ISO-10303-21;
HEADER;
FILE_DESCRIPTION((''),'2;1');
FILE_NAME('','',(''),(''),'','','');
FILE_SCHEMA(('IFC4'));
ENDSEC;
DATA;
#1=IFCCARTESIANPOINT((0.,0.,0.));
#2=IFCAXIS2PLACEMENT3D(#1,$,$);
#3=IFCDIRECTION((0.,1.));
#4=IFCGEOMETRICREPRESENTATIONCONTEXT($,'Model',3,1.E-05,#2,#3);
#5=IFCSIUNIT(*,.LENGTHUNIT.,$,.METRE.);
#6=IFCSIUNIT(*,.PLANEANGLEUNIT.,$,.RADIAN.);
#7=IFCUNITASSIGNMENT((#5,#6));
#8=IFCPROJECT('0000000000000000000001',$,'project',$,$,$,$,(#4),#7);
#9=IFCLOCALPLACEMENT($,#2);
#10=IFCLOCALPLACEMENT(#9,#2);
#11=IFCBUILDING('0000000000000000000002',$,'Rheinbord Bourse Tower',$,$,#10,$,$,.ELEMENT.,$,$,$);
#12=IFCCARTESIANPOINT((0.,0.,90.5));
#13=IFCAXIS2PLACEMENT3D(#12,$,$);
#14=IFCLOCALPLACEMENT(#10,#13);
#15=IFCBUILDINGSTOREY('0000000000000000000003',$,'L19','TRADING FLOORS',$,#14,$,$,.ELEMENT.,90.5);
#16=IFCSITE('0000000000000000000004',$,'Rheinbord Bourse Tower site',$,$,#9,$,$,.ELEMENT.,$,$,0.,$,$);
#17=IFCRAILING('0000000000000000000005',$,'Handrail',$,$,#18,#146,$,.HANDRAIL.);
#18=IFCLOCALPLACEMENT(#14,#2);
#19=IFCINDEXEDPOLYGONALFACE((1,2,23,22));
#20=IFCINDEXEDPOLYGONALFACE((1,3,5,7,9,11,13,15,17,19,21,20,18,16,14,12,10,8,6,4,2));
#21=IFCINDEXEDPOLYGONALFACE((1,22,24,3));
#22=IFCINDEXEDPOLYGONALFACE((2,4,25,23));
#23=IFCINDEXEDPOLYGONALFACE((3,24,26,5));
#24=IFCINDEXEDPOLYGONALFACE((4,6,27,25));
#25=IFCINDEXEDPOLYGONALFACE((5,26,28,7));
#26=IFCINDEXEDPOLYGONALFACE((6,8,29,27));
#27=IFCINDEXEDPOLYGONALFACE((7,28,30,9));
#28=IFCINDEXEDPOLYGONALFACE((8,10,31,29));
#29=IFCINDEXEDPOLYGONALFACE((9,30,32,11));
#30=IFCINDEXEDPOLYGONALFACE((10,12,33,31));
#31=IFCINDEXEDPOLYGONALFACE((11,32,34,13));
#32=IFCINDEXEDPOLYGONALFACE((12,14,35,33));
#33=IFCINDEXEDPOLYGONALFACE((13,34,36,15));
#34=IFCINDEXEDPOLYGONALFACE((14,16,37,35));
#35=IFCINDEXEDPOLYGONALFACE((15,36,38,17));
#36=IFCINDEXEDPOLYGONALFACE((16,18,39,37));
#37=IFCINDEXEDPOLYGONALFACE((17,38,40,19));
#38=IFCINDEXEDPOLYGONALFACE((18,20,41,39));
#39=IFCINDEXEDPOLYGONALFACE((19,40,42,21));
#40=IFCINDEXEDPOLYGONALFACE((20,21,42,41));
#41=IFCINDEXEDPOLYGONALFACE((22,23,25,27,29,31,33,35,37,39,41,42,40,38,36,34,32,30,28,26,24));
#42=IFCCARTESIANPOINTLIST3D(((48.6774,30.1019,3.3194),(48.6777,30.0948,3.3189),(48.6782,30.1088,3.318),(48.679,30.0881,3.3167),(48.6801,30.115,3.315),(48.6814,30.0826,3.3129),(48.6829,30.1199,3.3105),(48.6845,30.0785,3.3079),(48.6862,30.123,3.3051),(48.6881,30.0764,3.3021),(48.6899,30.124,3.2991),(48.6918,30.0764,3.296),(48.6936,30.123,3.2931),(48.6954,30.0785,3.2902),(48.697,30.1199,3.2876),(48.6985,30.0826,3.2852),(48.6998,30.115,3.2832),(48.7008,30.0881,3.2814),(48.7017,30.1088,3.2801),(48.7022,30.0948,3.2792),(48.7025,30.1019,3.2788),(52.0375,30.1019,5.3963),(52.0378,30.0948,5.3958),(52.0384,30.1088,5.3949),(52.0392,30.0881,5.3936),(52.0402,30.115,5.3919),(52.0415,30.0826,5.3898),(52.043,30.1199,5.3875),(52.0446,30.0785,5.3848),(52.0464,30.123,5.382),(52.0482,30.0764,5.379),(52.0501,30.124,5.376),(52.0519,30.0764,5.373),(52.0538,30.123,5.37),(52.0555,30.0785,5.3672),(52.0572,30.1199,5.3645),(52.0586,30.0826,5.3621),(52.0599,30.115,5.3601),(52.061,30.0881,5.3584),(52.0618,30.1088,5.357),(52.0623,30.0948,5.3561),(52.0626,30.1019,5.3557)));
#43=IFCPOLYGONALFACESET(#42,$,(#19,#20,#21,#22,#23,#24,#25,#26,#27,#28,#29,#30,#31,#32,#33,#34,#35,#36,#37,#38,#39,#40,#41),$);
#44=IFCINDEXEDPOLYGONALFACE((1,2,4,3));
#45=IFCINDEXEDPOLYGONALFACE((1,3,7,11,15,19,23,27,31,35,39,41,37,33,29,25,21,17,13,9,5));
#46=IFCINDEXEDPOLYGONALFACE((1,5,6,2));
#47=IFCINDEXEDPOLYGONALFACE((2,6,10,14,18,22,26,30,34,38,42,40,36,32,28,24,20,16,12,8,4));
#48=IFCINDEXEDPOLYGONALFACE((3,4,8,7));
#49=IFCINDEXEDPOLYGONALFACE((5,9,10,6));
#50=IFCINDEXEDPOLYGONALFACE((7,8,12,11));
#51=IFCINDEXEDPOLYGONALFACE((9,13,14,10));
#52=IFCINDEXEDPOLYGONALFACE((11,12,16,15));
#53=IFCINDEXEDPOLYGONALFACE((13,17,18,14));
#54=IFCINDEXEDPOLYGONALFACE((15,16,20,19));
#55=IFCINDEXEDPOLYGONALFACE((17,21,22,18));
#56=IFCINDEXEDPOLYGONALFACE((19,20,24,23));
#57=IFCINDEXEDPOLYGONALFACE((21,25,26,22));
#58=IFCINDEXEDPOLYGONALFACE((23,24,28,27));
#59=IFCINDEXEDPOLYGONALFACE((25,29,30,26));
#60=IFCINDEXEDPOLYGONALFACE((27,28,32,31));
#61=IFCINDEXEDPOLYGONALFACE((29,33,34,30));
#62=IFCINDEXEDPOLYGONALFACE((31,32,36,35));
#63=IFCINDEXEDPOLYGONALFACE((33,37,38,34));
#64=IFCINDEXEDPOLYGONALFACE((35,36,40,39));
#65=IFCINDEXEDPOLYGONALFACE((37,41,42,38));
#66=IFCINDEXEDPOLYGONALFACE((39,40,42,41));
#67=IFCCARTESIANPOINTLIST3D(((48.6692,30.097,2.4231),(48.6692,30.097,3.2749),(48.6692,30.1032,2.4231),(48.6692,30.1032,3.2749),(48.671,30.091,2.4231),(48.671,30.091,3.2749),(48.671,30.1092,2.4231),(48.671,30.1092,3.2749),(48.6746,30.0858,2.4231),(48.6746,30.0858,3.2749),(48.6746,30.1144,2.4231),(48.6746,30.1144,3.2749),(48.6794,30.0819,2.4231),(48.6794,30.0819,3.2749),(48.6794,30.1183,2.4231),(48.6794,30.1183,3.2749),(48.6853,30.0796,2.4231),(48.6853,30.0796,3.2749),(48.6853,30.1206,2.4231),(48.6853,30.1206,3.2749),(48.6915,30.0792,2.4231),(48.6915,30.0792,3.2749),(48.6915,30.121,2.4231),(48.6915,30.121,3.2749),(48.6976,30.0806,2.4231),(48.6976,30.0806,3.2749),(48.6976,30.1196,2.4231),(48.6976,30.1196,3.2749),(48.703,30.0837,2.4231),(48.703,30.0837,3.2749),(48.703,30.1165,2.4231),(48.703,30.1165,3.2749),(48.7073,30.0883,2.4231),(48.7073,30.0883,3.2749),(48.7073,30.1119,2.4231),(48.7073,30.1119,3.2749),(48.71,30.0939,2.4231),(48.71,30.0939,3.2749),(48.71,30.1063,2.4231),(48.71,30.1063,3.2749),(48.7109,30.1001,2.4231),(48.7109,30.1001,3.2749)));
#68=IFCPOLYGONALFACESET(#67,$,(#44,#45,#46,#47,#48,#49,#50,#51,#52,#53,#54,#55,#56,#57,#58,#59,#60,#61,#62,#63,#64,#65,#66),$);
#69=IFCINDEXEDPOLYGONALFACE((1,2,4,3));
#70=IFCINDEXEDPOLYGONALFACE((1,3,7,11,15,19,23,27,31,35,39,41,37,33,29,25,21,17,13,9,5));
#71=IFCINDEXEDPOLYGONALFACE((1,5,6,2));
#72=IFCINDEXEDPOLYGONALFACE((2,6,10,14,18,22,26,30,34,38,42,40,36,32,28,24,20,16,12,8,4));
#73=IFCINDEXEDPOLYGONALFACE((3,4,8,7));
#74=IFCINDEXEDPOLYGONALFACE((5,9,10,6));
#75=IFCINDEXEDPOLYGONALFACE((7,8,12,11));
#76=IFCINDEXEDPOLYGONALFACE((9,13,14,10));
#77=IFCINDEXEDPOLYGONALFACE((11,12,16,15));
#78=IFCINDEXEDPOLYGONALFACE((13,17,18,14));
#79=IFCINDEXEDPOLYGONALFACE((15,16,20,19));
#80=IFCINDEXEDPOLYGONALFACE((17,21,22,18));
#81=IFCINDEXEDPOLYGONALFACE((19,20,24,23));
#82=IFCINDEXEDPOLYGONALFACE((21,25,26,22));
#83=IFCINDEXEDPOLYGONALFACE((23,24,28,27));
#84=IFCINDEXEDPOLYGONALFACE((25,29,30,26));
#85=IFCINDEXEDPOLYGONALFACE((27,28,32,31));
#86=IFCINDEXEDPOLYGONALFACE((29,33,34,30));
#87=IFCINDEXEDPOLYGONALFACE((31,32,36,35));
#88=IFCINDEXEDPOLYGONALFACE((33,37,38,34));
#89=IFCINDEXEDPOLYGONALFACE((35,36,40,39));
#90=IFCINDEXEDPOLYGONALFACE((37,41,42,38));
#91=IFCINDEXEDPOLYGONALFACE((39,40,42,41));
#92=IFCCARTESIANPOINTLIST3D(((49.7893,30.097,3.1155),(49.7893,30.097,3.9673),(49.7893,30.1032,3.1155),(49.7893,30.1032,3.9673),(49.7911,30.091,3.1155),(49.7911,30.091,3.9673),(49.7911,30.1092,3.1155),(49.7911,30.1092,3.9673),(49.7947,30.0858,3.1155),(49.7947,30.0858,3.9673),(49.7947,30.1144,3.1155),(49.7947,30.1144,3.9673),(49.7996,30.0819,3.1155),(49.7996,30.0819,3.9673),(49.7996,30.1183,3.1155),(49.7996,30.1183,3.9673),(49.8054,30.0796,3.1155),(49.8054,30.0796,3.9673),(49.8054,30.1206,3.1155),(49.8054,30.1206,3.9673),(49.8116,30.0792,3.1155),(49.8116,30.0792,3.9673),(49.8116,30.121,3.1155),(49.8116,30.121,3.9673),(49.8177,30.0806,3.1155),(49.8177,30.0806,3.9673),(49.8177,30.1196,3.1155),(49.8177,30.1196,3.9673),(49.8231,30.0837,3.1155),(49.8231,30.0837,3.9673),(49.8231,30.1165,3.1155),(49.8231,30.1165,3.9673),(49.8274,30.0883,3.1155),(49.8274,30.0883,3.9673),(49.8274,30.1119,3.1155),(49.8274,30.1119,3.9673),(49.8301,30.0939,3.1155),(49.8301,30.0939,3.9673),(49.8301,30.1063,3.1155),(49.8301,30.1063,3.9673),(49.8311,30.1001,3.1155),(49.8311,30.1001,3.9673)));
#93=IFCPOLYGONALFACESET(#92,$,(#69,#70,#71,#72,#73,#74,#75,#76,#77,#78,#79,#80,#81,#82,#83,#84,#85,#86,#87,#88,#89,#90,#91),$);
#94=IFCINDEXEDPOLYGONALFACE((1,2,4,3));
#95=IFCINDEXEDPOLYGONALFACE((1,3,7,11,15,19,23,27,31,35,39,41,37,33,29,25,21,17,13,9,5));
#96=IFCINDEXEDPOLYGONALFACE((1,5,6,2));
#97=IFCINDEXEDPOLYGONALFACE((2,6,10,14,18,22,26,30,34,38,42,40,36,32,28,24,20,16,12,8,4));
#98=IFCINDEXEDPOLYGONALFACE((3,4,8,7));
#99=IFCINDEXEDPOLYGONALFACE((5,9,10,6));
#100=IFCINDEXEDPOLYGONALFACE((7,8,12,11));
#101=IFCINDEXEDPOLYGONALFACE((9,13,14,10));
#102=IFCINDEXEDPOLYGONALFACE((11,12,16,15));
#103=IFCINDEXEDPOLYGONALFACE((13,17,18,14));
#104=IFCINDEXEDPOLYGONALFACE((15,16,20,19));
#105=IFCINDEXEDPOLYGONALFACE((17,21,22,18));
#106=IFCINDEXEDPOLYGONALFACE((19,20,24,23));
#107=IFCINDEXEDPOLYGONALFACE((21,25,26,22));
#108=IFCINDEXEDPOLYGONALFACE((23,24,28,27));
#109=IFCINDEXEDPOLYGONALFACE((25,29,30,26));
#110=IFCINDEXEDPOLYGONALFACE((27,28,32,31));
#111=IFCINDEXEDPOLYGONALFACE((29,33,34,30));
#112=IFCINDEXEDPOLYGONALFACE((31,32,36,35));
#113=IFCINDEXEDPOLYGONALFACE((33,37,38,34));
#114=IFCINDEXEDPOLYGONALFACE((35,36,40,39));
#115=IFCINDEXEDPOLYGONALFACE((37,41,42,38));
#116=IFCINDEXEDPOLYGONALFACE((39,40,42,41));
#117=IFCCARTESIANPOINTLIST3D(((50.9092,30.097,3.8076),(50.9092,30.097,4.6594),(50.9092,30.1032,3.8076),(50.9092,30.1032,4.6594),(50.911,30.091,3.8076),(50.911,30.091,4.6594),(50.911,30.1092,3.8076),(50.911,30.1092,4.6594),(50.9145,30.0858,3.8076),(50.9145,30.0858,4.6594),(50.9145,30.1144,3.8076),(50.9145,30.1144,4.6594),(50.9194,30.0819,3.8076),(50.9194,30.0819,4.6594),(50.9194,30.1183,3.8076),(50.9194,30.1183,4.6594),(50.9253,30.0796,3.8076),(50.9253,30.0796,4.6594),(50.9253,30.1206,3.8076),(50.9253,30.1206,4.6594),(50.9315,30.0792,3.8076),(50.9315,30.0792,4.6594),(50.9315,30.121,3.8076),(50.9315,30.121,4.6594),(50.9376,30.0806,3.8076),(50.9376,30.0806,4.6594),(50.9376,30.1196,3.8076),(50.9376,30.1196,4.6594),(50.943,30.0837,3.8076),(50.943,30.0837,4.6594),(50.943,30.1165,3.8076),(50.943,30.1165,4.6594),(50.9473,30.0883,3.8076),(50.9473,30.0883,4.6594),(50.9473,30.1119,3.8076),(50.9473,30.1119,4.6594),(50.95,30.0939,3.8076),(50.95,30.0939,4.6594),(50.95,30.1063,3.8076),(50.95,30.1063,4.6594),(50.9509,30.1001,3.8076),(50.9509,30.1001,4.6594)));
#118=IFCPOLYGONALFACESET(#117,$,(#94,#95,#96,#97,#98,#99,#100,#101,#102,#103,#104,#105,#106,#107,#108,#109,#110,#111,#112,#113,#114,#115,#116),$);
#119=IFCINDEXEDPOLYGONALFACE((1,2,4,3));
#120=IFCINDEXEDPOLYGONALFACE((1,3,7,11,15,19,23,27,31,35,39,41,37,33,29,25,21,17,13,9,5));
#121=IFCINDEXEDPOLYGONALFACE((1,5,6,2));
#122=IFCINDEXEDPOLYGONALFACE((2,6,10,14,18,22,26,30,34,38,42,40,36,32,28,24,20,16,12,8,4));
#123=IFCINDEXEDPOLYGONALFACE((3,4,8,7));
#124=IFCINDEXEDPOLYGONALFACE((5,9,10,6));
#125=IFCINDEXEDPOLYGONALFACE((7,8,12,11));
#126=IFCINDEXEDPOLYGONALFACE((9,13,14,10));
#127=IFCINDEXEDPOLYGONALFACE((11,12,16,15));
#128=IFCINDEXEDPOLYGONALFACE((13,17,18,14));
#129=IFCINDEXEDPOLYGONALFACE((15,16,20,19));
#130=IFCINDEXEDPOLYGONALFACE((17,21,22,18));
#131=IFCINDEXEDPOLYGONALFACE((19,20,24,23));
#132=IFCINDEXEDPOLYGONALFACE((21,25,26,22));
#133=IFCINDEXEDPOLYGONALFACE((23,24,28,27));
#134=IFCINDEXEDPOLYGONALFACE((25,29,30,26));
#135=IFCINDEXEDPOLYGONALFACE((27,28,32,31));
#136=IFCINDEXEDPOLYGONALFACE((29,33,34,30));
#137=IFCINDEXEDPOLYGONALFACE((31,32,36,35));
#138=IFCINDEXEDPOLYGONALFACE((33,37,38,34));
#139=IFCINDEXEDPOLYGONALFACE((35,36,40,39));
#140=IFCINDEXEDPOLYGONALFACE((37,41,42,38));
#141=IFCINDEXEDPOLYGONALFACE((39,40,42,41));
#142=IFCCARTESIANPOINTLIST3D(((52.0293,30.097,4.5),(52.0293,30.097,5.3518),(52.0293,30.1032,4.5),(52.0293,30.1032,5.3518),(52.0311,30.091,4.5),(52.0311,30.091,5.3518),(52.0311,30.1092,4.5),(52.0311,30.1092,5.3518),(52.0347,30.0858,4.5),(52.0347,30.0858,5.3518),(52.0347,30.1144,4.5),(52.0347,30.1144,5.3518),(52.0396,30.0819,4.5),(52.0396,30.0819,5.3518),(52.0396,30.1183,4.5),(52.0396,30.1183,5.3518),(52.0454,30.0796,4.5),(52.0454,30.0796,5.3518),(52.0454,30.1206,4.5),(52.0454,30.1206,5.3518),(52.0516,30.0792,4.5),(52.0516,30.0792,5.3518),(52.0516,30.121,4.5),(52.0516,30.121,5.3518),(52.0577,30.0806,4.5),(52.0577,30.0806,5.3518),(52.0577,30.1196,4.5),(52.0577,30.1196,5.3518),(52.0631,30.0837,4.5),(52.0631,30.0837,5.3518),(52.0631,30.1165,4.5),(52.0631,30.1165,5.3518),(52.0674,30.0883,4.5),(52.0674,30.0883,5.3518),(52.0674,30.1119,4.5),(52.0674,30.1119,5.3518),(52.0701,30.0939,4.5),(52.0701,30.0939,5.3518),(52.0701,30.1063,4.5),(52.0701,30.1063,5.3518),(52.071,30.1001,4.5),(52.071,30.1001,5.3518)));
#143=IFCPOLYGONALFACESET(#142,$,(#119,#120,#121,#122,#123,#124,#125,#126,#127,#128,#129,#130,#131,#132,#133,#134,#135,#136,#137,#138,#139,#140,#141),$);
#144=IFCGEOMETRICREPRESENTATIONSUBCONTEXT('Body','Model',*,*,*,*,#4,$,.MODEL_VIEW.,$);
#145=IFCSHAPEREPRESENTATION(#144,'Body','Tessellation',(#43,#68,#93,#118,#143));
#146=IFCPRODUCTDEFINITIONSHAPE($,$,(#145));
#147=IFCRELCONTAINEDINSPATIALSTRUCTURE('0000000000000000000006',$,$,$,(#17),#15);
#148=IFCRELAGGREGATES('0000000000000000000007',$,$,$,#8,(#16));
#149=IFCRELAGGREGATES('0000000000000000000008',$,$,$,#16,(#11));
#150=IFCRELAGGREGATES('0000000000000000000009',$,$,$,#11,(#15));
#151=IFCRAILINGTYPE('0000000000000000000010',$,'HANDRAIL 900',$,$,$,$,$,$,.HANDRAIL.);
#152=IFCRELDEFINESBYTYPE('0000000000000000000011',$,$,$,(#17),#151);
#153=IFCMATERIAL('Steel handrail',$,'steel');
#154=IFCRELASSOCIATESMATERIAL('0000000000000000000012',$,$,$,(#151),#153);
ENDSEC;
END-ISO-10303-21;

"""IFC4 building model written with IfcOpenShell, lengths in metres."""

from ifc_helpers import new_model, si_unit, direction, frame, origin, origin_2d, place, context, subcontext, project, spatial, circle, extrude, material, type_object, element, save


model = new_model("IFC4")

# Units and contexts
model_context = context("Model", 3, precision=1e-05, world=origin(), true_north=direction((0.0, 1.0)))
body_context = subcontext(model_context, "Body", "Model", "MODEL_VIEW")
ifc_project = project(units=[si_unit("LENGTHUNIT", "METRE"), si_unit("PLANEANGLEUNIT", "RADIAN")], contexts=[model_context])

# Site, building, storey
site_placement = place(None, origin())
site = spatial("IfcSite", under=ifc_project, at=site_placement, Name="Rheinbord Bourse Tower site", CompositionType="ELEMENT", RefElevation=0.0)
building_placement = place(site_placement, origin())
building = spatial("IfcBuilding", under=site, at=building_placement, Name="Rheinbord Bourse Tower", CompositionType="ELEMENT")
storey_placement = place(building_placement, frame((0.0, 0.0, 90.5)))
storey = spatial("IfcBuildingStorey", under=building, at=storey_placement, Name="L19", Description="TRADING FLOORS", CompositionType="ELEMENT", Elevation=90.5)

# Railing
ifc_material_1 = material(Name="Steel handrail", Category="steel")
railing_type = type_object("IfcRailingType", Name="HANDRAIL 900", PredefinedType="HANDRAIL", material=ifc_material_1)
railing_1_placement = place(storey_placement, frame((48.6899, 30.1001, 2.4231)))
element("IfcRailing", 1, at=railing_1_placement, inside=storey, type_object=railing_type, Name="Handrail", PredefinedType="HANDRAIL", context=body_context, shape_type="SweptSolid", body=[
    extrude(circle(Radius=0.0239, at=origin_2d()), frame((0.0, 0.0, 0.876), z_axis=(0.850623, 0.0, 0.525776), x_axis=(0.0, 1.0, 0.0)), (0.0, 0.0, 1.0), 3.9502),
    extrude(circle(Radius=0.021, at=origin_2d()), origin(), (0.0, 0.0, 1.0), 0.8518),
    extrude(circle(Radius=0.021, at=origin_2d()), frame((1.1201, 0.0, 0.6924)), (0.0, 0.0, 1.0), 0.8518),
    extrude(circle(Radius=0.021, at=origin_2d()), frame((2.24, 0.0, 1.3845)), (0.0, 0.0, 1.0), 0.8518),
    extrude(circle(Radius=0.021, at=origin_2d()), frame((3.3601, 0.0, 2.0769)), (0.0, 0.0, 1.0), 0.8518),
])

save(model, "model.ifc")
